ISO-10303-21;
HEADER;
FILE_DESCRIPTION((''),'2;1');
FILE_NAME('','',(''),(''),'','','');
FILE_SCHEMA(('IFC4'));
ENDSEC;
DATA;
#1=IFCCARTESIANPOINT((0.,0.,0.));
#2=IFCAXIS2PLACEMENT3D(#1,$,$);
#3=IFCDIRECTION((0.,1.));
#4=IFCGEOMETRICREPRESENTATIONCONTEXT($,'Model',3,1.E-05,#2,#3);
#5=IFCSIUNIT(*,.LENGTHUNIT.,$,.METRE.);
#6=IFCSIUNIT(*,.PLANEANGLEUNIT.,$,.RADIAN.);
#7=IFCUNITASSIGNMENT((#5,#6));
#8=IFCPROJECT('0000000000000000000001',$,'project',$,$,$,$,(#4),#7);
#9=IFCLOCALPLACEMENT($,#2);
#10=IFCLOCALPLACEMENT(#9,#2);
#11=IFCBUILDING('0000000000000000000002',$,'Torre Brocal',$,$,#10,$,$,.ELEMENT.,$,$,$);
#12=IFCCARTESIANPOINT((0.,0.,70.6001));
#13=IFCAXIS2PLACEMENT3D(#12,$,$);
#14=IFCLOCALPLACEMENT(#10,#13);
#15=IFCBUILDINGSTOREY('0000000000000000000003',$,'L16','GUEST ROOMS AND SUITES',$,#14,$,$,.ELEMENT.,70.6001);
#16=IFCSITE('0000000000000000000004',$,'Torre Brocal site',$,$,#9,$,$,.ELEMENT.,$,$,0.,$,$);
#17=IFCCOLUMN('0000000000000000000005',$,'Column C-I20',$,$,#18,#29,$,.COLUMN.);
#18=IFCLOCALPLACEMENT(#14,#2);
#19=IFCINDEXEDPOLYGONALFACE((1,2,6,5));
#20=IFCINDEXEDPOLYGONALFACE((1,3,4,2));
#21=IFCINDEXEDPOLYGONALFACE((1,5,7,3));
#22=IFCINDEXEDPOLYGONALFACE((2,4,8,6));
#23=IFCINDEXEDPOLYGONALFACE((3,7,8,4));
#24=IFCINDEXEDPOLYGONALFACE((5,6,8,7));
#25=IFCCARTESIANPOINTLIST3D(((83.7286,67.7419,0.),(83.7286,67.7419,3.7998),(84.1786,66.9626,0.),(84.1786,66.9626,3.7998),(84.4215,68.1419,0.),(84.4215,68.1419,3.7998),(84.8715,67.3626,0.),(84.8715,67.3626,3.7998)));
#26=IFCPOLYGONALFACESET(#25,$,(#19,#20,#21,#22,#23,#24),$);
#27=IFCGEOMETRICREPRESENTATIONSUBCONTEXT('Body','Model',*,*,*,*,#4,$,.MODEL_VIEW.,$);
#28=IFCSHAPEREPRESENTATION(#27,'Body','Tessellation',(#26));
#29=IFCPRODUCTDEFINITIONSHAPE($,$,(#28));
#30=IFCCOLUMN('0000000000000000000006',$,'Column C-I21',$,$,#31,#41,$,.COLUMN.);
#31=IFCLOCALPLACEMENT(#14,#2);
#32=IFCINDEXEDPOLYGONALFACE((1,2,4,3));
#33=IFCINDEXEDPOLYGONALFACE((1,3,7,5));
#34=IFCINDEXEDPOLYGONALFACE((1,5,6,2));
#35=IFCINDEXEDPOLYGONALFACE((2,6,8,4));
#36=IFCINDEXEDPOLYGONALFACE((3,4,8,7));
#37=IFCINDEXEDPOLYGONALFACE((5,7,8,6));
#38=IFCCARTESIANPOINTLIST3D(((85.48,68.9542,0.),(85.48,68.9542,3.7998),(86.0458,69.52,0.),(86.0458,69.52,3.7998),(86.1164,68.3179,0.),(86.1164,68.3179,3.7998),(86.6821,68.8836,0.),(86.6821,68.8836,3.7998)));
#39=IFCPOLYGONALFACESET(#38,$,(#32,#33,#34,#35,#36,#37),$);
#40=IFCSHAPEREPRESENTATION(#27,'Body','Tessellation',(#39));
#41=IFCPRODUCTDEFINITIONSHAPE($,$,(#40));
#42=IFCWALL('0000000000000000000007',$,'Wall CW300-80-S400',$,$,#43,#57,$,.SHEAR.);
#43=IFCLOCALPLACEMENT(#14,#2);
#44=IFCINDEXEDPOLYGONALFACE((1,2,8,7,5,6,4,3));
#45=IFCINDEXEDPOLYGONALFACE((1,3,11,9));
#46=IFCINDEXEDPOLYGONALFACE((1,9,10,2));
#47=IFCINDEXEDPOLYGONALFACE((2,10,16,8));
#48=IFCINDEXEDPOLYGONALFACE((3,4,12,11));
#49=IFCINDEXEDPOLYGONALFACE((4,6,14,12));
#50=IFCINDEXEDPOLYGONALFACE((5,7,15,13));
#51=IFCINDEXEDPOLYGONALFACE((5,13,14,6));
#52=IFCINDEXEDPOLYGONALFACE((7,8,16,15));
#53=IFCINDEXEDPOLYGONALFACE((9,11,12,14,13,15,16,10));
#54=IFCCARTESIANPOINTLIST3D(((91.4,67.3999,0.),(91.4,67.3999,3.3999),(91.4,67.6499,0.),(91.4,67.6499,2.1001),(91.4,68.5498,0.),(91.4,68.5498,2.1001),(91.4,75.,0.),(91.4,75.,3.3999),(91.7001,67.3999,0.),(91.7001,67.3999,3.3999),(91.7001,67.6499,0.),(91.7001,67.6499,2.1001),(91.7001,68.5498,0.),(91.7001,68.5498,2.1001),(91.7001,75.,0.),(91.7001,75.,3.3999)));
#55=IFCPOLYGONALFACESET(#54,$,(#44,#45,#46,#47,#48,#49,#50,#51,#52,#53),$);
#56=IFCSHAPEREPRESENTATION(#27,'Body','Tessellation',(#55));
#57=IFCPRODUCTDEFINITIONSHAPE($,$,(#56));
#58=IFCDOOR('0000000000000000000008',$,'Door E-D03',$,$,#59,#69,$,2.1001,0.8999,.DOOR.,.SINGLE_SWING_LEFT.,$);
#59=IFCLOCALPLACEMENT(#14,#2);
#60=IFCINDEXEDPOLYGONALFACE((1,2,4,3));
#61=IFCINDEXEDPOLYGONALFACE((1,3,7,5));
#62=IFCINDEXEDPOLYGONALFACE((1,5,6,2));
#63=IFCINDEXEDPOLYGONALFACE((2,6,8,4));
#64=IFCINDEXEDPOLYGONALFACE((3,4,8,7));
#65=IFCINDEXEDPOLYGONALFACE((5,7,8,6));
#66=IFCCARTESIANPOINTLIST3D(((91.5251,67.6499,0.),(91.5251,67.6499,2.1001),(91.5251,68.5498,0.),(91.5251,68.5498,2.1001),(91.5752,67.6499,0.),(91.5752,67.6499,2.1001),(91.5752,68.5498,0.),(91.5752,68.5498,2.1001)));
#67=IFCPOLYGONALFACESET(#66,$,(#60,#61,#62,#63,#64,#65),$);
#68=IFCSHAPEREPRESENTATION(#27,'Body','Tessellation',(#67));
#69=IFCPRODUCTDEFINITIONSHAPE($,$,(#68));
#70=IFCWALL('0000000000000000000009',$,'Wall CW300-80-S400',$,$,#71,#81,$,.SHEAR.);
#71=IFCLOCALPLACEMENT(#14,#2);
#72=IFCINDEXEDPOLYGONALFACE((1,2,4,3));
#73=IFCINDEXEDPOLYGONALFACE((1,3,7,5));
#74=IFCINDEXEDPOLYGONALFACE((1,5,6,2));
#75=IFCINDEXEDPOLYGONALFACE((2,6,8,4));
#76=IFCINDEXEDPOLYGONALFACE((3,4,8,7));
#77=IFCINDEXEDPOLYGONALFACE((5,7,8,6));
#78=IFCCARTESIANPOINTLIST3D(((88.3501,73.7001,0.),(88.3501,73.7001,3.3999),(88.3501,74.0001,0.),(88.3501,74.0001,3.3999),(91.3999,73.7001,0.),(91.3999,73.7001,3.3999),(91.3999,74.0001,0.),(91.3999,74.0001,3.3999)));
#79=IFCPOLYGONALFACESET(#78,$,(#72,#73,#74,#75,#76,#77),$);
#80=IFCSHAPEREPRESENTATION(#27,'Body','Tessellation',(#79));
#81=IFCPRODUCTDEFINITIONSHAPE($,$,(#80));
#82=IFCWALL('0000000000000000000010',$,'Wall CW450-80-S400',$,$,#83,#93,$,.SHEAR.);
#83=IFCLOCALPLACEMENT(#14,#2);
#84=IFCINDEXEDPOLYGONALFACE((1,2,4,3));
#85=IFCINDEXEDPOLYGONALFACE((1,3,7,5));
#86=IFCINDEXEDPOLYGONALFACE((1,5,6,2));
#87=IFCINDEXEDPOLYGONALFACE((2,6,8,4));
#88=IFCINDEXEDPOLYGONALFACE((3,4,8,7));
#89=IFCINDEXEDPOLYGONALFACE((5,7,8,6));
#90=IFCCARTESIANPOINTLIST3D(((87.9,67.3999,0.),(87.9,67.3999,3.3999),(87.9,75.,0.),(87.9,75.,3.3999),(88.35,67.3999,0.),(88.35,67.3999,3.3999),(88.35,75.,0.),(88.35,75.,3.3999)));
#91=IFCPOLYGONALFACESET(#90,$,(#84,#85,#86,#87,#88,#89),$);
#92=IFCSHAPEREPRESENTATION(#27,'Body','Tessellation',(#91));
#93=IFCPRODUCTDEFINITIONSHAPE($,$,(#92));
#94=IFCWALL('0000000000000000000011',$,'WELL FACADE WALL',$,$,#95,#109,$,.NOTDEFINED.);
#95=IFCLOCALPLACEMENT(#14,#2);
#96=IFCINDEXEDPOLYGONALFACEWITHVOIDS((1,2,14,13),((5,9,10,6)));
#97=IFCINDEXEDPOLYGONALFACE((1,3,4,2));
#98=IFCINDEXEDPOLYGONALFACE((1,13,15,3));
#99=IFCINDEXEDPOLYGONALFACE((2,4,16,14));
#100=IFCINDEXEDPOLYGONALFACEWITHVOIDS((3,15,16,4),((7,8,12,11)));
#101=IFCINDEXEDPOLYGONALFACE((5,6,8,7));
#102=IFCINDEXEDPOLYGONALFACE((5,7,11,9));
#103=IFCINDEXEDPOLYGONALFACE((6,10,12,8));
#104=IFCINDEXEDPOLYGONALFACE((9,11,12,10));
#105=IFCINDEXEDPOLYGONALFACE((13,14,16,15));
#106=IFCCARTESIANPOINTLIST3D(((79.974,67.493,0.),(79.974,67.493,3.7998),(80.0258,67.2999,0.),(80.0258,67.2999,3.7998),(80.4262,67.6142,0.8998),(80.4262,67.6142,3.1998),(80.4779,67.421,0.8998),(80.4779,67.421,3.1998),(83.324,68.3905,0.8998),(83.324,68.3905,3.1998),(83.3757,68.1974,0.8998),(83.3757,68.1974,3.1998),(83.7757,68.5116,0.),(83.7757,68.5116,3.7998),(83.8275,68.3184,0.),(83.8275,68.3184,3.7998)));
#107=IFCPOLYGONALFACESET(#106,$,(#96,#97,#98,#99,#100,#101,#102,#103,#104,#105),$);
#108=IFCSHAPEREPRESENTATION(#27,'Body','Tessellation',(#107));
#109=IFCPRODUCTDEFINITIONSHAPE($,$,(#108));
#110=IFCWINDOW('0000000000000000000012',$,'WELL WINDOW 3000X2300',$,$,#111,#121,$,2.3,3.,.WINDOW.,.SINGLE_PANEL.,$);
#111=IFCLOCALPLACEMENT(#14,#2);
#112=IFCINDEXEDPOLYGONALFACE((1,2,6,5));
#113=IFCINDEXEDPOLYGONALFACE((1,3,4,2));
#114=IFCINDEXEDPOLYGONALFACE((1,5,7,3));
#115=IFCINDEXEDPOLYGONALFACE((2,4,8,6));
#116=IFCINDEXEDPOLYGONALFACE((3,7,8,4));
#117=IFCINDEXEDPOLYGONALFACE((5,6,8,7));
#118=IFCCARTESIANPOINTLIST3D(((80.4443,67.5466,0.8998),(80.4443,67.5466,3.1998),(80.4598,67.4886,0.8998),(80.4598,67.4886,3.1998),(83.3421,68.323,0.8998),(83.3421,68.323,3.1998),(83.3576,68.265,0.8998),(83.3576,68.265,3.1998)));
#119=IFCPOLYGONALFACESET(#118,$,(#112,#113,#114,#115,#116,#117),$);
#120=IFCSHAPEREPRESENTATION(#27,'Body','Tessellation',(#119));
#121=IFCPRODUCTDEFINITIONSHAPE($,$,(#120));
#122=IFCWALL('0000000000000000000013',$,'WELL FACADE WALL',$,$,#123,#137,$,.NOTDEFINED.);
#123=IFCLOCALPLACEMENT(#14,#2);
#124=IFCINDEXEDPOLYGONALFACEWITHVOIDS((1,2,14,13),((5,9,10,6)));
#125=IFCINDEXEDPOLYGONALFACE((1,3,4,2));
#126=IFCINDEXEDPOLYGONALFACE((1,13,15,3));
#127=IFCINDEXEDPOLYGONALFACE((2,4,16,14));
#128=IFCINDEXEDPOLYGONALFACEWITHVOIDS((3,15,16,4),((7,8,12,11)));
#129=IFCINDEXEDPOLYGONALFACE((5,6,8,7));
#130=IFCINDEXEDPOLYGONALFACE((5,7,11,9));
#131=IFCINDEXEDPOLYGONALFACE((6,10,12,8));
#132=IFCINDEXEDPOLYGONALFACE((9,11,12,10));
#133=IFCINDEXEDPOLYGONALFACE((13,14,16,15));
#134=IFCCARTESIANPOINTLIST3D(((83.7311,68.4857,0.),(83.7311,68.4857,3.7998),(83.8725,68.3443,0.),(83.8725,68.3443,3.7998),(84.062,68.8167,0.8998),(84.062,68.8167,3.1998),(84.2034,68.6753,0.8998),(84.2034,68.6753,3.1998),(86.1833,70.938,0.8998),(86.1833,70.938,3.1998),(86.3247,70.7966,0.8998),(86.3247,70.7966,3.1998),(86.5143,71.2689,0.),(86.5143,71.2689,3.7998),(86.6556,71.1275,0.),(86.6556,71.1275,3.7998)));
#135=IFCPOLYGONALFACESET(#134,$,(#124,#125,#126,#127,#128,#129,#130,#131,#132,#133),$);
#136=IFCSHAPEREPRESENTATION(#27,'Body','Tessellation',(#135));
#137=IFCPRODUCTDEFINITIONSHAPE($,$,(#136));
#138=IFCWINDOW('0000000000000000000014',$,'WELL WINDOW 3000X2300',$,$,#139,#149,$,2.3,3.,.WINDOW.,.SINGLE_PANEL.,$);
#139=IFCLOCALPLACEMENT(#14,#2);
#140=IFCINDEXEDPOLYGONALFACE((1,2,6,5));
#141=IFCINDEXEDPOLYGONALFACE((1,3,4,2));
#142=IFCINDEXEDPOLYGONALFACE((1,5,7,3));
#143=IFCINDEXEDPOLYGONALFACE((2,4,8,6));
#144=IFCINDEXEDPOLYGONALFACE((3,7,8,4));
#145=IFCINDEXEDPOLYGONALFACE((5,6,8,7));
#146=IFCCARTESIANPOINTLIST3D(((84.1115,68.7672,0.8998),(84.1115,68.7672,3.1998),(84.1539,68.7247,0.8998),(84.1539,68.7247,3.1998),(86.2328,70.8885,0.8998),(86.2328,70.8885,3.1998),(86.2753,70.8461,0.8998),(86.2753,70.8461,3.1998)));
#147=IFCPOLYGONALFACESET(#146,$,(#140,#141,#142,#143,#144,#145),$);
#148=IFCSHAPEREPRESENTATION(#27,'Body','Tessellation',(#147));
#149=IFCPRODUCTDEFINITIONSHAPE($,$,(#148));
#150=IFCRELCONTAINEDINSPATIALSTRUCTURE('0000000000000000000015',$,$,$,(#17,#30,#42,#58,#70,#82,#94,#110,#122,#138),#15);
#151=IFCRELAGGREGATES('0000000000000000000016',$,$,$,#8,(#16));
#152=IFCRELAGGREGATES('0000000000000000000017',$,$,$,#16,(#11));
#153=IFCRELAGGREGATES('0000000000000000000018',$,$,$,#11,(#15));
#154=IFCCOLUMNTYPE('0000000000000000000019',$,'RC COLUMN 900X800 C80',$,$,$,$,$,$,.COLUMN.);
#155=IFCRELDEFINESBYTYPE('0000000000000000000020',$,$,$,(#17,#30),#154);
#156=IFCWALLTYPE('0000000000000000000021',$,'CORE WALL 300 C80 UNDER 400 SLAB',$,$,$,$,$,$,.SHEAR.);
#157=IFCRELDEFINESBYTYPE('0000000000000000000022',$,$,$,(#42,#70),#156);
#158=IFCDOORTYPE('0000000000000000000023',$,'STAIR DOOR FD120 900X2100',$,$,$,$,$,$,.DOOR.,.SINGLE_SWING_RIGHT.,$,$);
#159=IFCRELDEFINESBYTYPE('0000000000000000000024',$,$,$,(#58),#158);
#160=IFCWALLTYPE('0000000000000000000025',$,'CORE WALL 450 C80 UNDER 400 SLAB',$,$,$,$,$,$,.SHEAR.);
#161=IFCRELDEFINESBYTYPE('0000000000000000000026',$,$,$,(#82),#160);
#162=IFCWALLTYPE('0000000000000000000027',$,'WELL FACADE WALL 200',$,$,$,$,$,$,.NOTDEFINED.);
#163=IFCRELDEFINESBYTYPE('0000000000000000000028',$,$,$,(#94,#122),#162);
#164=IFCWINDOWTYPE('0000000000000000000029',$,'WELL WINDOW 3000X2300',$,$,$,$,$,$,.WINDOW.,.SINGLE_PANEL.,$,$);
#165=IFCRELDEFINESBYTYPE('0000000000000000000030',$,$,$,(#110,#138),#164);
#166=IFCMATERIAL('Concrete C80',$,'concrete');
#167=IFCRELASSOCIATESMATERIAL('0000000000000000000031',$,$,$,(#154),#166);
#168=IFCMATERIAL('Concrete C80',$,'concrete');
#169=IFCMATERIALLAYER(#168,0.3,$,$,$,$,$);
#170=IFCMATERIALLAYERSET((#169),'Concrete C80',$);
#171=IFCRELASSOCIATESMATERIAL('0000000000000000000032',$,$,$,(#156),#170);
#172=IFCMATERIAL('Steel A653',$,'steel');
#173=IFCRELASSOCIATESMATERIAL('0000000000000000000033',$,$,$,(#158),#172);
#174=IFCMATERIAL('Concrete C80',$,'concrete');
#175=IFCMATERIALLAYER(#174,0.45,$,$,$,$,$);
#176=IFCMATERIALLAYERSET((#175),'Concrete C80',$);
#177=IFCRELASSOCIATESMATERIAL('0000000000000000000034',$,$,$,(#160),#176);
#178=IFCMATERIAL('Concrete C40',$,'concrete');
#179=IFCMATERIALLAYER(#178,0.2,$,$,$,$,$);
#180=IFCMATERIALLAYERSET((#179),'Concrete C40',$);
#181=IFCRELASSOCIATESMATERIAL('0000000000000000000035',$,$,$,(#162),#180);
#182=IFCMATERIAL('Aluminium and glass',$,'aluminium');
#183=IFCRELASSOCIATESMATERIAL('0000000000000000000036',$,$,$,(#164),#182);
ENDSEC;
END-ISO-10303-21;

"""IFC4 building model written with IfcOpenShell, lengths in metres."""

from ifc_helpers import new_model, si_unit, direction, frame, frame_2d, origin, origin_2d, place, context, subcontext, project, spatial, rectangle, extrude, material, layer, layer_set, material_profile, profile_set, type_object, element, fill, save


model = new_model("IFC4")

# Units and contexts
model_context = context("Model", 3, precision=1e-05, world=origin(), true_north=direction((0.0, 1.0)))
body_context = subcontext(model_context, "Body", "Model", "MODEL_VIEW")
ifc_project = project(units=[si_unit("LENGTHUNIT", "METRE"), si_unit("PLANEANGLEUNIT", "RADIAN")], contexts=[model_context])

# Site, building, storey
site_placement = place(None, origin())
site = spatial("IfcSite", under=ifc_project, at=site_placement, Name="Torre Brocal site", CompositionType="ELEMENT", RefElevation=0.0)
building_placement = place(site_placement, origin())
building = spatial("IfcBuilding", under=site, at=building_placement, Name="Torre Brocal", CompositionType="ELEMENT")
storey_placement = place(building_placement, frame((0.0, 0.0, 70.6001)))
storey = spatial("IfcBuildingStorey", under=building, at=storey_placement, Name="L16", Description="GUEST ROOMS AND SUITES", CompositionType="ELEMENT", Elevation=70.6001)

# Columns
ifc_material_1 = material(Name="Concrete C80", Category="concrete")
ifc_material_profile = material_profile(ifc_material_1, rectangle(XDim=0.8999, YDim=0.8, at=origin_2d()), Name="RC 900X800")
ifc_profile_set = profile_set([ifc_material_profile], Name="Concrete C80")
column_type = type_object("IfcColumnType", Name="RC COLUMN 900X800 C80", PredefinedType="COLUMN", material=ifc_profile_set)
for number, where, z_axis, x_axis, name in (
    (1, (84.3, 67.5522, 0.0), (0.0, 0.0, 1.0), (0.5, -0.866025, 0.0), "Column C-I20"),
    (2, (86.0811, 68.9189, 0.0), (0.0, 0.0, 1.0), (0.707107, -0.707107, 0.0), "Column C-I21"),
):
    element("IfcColumn", number, at=place(storey_placement, frame(where, z_axis=z_axis, x_axis=x_axis)), inside=storey, type_object=column_type, Name=name, PredefinedType="COLUMN", context=body_context, shape_type="SweptSolid", body=[
        extrude(rectangle(XDim=0.8999, YDim=0.8, at=origin_2d()), origin(), (0.0, 0.0, 1.0), 3.7998),
    ])

# Wall, opening, door
ifc_material_2 = material(Name="Concrete C80", Category="concrete")
ifc_layer_1 = layer(ifc_material_2, 0.3)
ifc_layer_set_1 = layer_set([ifc_layer_1], Name="Concrete C80")
wall_type_1 = type_object("IfcWallType", Name="CORE WALL 300 C80 UNDER 400 SLAB", PredefinedType="SHEAR", material=ifc_layer_set_1)
wall_1_placement = place(storey_placement, frame((91.55, 67.3999, 0.0), z_axis=(0.0, 0.0, 1.0), x_axis=(0.0, 1.0, 0.0)))
wall_1 = element("IfcWall", 3, at=wall_1_placement, inside=storey, type_object=wall_type_1, Name="Wall CW300-80-S400", PredefinedType="SHEAR", context=body_context, shape_type="SweptSolid", body=[
    extrude(rectangle(XDim=7.6001, YDim=0.3, at=frame_2d((3.8, 0.0))), origin(), (0.0, 0.0, 1.0), 3.3999),
])
opening_1_placement = place(wall_1_placement, frame((0.25, 0.0, 0.0)))
opening_1 = element("IfcOpeningElement", 4, at=opening_1_placement, cuts=wall_1, PredefinedType="OPENING", context=body_context, shape_type="SweptSolid", body=[
    extrude(rectangle(XDim=0.8999, YDim=2.1001, at=frame_2d((0.45, 1.05))), frame((0.0, 0.1599, 0.0), z_axis=(0.0, -1.0, 0.0), x_axis=(1.0, 0.0, 0.0)), (0.0, 0.0, 1.0), 0.3201),
])
ifc_material_3 = material(Name="Steel A653", Category="steel")
door_type_1 = type_object("IfcDoorType", Name="STAIR DOOR FD120 900X2100", OperationType="SINGLE_SWING_RIGHT", PredefinedType="DOOR", material=ifc_material_3)
door_1_placement = place(opening_1_placement, origin())
door_1 = element("IfcDoor", 5, at=door_1_placement, inside=storey, type_object=door_type_1, Name="Door E-D03", OperationType="SINGLE_SWING_LEFT", OverallHeight=2.1001, OverallWidth=0.8999, PredefinedType="DOOR", context=body_context, shape_type="SweptSolid", body=[
    extrude(rectangle(XDim=0.8999, YDim=2.1001, at=frame_2d((0.45, 1.05))), frame((0.0, 0.0249, 0.0), z_axis=(0.0, -1.0, 0.0), x_axis=(1.0, 0.0, 0.0)), (0.0, 0.0, 1.0), 0.05),
])
fill(opening_1, door_1)

# Walls
wall_2_placement = place(storey_placement, frame((88.3501, 73.8501, 0.0), z_axis=(0.0, 0.0, 1.0), x_axis=(1.0, 0.0, 0.0)))
element("IfcWall", 6, at=wall_2_placement, inside=storey, type_object=wall_type_1, Name="Wall CW300-80-S400", PredefinedType="SHEAR", context=body_context, shape_type="SweptSolid", body=[
    extrude(rectangle(XDim=3.0498, YDim=0.3, at=frame_2d((1.5249, 0.0))), origin(), (0.0, 0.0, 1.0), 3.3999),
])
ifc_material_4 = material(Name="Concrete C80", Category="concrete")
ifc_layer_2 = layer(ifc_material_4, 0.45)
ifc_layer_set_2 = layer_set([ifc_layer_2], Name="Concrete C80")
wall_type_2 = type_object("IfcWallType", Name="CORE WALL 450 C80 UNDER 400 SLAB", PredefinedType="SHEAR", material=ifc_layer_set_2)
wall_3_placement = place(storey_placement, frame((88.125, 67.3999, 0.0), z_axis=(0.0, 0.0, 1.0), x_axis=(0.0, 1.0, 0.0)))
element("IfcWall", 7, at=wall_3_placement, inside=storey, type_object=wall_type_2, Name="Wall CW450-80-S400", PredefinedType="SHEAR", context=body_context, shape_type="SweptSolid", body=[
    extrude(rectangle(XDim=7.6001, YDim=0.45, at=frame_2d((3.8, 0.0))), origin(), (0.0, 0.0, 1.0), 3.3999),
])

# Walls, openings, windows
ifc_material_5 = material(Name="Concrete C40", Category="concrete")
ifc_layer_3 = layer(ifc_material_5, 0.2)
ifc_layer_set_3 = layer_set([ifc_layer_3], Name="Concrete C40")
wall_type_3 = type_object("IfcWallType", Name="WELL FACADE WALL 200", PredefinedType="NOTDEFINED", material=ifc_layer_set_3)
wall_4_placement = place(storey_placement, frame((80.0, 67.3965, 0.0), z_axis=(0.0, 0.0, 1.0), x_axis=(0.965934, 0.25879, 0.0)))
wall_4 = element("IfcWall", 8, at=wall_4_placement, inside=storey, type_object=wall_type_3, Name="WELL FACADE WALL", PredefinedType="NOTDEFINED", context=body_context, shape_type="SweptSolid", body=[
    extrude(rectangle(XDim=3.9358, YDim=0.2, at=frame_2d((1.9678, 0.0))), origin(), (0.0, 0.0, 1.0), 3.7998),
])
opening_2_placement = place(wall_4_placement, frame((0.468, 0.0, 0.8999)))
opening_2 = element("IfcOpeningElement", 9, at=opening_2_placement, cuts=wall_4, PredefinedType="OPENING", context=body_context, shape_type="SweptSolid", body=[
    extrude(rectangle(XDim=3.0, YDim=2.3, at=frame_2d((1.5, 1.1499))), frame((0.0, 0.1099, 0.0), z_axis=(0.0, -1.0, 0.0), x_axis=(1.0, 0.0, 0.0)), (0.0, 0.0, 1.0), 0.22),
])
ifc_material_6 = material(Name="Aluminium and glass", Category="aluminium")
window_type = type_object("IfcWindowType", Name="WELL WINDOW 3000X2300", PartitioningType="SINGLE_PANEL", PredefinedType="WINDOW", material=ifc_material_6)
window_1_placement = place(opening_2_placement, origin())
window_1 = element("IfcWindow", 10, at=window_1_placement, inside=storey, type_object=window_type, Name="WELL WINDOW 3000X2300", OverallHeight=2.3, OverallWidth=3.0, PartitioningType="SINGLE_PANEL", PredefinedType="WINDOW", context=body_context, shape_type="SweptSolid", body=[
    extrude(rectangle(XDim=3.0, YDim=2.3, at=frame_2d((1.5, 1.1499))), frame((0.0, 0.03, 0.0), z_axis=(0.0, -1.0, 0.0), x_axis=(1.0, 0.0, 0.0)), (0.0, 0.0, 1.0), 0.0601),
])
fill(opening_2, window_1)
wall_5_placement = place(storey_placement, frame((83.8018, 68.415, 0.0), z_axis=(0.0, 0.0, 1.0), x_axis=(0.707107, 0.707107, 0.0)))
wall_5 = element("IfcWall", 11, at=wall_5_placement, inside=storey, type_object=wall_type_3, Name="WELL FACADE WALL", PredefinedType="NOTDEFINED", context=body_context, shape_type="SweptSolid", body=[
    extrude(rectangle(XDim=3.936, YDim=0.2, at=frame_2d((1.968, 0.0))), origin(), (0.0, 0.0, 1.0), 3.7998),
])
opening_3_placement = place(wall_5_placement, frame((0.468, 0.0, 0.8999)))
opening_3 = element("IfcOpeningElement", 12, at=opening_3_placement, cuts=wall_5, PredefinedType="OPENING", context=body_context, shape_type="SweptSolid", body=[
    extrude(rectangle(XDim=3.0, YDim=2.3, at=frame_2d((1.5, 1.1499))), frame((0.0, 0.1099, 0.0), z_axis=(0.0, -1.0, 0.0), x_axis=(1.0, 0.0, 0.0)), (0.0, 0.0, 1.0), 0.22),
])
window_2_placement = place(opening_3_placement, origin())
window_2 = element("IfcWindow", 13, at=window_2_placement, inside=storey, type_object=window_type, Name="WELL WINDOW 3000X2300", OverallHeight=2.3, OverallWidth=3.0, PartitioningType="SINGLE_PANEL", PredefinedType="WINDOW", context=body_context, shape_type="SweptSolid", body=[
    extrude(rectangle(XDim=3.0, YDim=2.3, at=frame_2d((1.5, 1.1499))), frame((0.0, 0.03, 0.0), z_axis=(0.0, -1.0, 0.0), x_axis=(1.0, 0.0, 0.0)), (0.0, 0.0, 1.0), 0.0601),
])
fill(opening_3, window_2)

save(model, "model.ifc")
